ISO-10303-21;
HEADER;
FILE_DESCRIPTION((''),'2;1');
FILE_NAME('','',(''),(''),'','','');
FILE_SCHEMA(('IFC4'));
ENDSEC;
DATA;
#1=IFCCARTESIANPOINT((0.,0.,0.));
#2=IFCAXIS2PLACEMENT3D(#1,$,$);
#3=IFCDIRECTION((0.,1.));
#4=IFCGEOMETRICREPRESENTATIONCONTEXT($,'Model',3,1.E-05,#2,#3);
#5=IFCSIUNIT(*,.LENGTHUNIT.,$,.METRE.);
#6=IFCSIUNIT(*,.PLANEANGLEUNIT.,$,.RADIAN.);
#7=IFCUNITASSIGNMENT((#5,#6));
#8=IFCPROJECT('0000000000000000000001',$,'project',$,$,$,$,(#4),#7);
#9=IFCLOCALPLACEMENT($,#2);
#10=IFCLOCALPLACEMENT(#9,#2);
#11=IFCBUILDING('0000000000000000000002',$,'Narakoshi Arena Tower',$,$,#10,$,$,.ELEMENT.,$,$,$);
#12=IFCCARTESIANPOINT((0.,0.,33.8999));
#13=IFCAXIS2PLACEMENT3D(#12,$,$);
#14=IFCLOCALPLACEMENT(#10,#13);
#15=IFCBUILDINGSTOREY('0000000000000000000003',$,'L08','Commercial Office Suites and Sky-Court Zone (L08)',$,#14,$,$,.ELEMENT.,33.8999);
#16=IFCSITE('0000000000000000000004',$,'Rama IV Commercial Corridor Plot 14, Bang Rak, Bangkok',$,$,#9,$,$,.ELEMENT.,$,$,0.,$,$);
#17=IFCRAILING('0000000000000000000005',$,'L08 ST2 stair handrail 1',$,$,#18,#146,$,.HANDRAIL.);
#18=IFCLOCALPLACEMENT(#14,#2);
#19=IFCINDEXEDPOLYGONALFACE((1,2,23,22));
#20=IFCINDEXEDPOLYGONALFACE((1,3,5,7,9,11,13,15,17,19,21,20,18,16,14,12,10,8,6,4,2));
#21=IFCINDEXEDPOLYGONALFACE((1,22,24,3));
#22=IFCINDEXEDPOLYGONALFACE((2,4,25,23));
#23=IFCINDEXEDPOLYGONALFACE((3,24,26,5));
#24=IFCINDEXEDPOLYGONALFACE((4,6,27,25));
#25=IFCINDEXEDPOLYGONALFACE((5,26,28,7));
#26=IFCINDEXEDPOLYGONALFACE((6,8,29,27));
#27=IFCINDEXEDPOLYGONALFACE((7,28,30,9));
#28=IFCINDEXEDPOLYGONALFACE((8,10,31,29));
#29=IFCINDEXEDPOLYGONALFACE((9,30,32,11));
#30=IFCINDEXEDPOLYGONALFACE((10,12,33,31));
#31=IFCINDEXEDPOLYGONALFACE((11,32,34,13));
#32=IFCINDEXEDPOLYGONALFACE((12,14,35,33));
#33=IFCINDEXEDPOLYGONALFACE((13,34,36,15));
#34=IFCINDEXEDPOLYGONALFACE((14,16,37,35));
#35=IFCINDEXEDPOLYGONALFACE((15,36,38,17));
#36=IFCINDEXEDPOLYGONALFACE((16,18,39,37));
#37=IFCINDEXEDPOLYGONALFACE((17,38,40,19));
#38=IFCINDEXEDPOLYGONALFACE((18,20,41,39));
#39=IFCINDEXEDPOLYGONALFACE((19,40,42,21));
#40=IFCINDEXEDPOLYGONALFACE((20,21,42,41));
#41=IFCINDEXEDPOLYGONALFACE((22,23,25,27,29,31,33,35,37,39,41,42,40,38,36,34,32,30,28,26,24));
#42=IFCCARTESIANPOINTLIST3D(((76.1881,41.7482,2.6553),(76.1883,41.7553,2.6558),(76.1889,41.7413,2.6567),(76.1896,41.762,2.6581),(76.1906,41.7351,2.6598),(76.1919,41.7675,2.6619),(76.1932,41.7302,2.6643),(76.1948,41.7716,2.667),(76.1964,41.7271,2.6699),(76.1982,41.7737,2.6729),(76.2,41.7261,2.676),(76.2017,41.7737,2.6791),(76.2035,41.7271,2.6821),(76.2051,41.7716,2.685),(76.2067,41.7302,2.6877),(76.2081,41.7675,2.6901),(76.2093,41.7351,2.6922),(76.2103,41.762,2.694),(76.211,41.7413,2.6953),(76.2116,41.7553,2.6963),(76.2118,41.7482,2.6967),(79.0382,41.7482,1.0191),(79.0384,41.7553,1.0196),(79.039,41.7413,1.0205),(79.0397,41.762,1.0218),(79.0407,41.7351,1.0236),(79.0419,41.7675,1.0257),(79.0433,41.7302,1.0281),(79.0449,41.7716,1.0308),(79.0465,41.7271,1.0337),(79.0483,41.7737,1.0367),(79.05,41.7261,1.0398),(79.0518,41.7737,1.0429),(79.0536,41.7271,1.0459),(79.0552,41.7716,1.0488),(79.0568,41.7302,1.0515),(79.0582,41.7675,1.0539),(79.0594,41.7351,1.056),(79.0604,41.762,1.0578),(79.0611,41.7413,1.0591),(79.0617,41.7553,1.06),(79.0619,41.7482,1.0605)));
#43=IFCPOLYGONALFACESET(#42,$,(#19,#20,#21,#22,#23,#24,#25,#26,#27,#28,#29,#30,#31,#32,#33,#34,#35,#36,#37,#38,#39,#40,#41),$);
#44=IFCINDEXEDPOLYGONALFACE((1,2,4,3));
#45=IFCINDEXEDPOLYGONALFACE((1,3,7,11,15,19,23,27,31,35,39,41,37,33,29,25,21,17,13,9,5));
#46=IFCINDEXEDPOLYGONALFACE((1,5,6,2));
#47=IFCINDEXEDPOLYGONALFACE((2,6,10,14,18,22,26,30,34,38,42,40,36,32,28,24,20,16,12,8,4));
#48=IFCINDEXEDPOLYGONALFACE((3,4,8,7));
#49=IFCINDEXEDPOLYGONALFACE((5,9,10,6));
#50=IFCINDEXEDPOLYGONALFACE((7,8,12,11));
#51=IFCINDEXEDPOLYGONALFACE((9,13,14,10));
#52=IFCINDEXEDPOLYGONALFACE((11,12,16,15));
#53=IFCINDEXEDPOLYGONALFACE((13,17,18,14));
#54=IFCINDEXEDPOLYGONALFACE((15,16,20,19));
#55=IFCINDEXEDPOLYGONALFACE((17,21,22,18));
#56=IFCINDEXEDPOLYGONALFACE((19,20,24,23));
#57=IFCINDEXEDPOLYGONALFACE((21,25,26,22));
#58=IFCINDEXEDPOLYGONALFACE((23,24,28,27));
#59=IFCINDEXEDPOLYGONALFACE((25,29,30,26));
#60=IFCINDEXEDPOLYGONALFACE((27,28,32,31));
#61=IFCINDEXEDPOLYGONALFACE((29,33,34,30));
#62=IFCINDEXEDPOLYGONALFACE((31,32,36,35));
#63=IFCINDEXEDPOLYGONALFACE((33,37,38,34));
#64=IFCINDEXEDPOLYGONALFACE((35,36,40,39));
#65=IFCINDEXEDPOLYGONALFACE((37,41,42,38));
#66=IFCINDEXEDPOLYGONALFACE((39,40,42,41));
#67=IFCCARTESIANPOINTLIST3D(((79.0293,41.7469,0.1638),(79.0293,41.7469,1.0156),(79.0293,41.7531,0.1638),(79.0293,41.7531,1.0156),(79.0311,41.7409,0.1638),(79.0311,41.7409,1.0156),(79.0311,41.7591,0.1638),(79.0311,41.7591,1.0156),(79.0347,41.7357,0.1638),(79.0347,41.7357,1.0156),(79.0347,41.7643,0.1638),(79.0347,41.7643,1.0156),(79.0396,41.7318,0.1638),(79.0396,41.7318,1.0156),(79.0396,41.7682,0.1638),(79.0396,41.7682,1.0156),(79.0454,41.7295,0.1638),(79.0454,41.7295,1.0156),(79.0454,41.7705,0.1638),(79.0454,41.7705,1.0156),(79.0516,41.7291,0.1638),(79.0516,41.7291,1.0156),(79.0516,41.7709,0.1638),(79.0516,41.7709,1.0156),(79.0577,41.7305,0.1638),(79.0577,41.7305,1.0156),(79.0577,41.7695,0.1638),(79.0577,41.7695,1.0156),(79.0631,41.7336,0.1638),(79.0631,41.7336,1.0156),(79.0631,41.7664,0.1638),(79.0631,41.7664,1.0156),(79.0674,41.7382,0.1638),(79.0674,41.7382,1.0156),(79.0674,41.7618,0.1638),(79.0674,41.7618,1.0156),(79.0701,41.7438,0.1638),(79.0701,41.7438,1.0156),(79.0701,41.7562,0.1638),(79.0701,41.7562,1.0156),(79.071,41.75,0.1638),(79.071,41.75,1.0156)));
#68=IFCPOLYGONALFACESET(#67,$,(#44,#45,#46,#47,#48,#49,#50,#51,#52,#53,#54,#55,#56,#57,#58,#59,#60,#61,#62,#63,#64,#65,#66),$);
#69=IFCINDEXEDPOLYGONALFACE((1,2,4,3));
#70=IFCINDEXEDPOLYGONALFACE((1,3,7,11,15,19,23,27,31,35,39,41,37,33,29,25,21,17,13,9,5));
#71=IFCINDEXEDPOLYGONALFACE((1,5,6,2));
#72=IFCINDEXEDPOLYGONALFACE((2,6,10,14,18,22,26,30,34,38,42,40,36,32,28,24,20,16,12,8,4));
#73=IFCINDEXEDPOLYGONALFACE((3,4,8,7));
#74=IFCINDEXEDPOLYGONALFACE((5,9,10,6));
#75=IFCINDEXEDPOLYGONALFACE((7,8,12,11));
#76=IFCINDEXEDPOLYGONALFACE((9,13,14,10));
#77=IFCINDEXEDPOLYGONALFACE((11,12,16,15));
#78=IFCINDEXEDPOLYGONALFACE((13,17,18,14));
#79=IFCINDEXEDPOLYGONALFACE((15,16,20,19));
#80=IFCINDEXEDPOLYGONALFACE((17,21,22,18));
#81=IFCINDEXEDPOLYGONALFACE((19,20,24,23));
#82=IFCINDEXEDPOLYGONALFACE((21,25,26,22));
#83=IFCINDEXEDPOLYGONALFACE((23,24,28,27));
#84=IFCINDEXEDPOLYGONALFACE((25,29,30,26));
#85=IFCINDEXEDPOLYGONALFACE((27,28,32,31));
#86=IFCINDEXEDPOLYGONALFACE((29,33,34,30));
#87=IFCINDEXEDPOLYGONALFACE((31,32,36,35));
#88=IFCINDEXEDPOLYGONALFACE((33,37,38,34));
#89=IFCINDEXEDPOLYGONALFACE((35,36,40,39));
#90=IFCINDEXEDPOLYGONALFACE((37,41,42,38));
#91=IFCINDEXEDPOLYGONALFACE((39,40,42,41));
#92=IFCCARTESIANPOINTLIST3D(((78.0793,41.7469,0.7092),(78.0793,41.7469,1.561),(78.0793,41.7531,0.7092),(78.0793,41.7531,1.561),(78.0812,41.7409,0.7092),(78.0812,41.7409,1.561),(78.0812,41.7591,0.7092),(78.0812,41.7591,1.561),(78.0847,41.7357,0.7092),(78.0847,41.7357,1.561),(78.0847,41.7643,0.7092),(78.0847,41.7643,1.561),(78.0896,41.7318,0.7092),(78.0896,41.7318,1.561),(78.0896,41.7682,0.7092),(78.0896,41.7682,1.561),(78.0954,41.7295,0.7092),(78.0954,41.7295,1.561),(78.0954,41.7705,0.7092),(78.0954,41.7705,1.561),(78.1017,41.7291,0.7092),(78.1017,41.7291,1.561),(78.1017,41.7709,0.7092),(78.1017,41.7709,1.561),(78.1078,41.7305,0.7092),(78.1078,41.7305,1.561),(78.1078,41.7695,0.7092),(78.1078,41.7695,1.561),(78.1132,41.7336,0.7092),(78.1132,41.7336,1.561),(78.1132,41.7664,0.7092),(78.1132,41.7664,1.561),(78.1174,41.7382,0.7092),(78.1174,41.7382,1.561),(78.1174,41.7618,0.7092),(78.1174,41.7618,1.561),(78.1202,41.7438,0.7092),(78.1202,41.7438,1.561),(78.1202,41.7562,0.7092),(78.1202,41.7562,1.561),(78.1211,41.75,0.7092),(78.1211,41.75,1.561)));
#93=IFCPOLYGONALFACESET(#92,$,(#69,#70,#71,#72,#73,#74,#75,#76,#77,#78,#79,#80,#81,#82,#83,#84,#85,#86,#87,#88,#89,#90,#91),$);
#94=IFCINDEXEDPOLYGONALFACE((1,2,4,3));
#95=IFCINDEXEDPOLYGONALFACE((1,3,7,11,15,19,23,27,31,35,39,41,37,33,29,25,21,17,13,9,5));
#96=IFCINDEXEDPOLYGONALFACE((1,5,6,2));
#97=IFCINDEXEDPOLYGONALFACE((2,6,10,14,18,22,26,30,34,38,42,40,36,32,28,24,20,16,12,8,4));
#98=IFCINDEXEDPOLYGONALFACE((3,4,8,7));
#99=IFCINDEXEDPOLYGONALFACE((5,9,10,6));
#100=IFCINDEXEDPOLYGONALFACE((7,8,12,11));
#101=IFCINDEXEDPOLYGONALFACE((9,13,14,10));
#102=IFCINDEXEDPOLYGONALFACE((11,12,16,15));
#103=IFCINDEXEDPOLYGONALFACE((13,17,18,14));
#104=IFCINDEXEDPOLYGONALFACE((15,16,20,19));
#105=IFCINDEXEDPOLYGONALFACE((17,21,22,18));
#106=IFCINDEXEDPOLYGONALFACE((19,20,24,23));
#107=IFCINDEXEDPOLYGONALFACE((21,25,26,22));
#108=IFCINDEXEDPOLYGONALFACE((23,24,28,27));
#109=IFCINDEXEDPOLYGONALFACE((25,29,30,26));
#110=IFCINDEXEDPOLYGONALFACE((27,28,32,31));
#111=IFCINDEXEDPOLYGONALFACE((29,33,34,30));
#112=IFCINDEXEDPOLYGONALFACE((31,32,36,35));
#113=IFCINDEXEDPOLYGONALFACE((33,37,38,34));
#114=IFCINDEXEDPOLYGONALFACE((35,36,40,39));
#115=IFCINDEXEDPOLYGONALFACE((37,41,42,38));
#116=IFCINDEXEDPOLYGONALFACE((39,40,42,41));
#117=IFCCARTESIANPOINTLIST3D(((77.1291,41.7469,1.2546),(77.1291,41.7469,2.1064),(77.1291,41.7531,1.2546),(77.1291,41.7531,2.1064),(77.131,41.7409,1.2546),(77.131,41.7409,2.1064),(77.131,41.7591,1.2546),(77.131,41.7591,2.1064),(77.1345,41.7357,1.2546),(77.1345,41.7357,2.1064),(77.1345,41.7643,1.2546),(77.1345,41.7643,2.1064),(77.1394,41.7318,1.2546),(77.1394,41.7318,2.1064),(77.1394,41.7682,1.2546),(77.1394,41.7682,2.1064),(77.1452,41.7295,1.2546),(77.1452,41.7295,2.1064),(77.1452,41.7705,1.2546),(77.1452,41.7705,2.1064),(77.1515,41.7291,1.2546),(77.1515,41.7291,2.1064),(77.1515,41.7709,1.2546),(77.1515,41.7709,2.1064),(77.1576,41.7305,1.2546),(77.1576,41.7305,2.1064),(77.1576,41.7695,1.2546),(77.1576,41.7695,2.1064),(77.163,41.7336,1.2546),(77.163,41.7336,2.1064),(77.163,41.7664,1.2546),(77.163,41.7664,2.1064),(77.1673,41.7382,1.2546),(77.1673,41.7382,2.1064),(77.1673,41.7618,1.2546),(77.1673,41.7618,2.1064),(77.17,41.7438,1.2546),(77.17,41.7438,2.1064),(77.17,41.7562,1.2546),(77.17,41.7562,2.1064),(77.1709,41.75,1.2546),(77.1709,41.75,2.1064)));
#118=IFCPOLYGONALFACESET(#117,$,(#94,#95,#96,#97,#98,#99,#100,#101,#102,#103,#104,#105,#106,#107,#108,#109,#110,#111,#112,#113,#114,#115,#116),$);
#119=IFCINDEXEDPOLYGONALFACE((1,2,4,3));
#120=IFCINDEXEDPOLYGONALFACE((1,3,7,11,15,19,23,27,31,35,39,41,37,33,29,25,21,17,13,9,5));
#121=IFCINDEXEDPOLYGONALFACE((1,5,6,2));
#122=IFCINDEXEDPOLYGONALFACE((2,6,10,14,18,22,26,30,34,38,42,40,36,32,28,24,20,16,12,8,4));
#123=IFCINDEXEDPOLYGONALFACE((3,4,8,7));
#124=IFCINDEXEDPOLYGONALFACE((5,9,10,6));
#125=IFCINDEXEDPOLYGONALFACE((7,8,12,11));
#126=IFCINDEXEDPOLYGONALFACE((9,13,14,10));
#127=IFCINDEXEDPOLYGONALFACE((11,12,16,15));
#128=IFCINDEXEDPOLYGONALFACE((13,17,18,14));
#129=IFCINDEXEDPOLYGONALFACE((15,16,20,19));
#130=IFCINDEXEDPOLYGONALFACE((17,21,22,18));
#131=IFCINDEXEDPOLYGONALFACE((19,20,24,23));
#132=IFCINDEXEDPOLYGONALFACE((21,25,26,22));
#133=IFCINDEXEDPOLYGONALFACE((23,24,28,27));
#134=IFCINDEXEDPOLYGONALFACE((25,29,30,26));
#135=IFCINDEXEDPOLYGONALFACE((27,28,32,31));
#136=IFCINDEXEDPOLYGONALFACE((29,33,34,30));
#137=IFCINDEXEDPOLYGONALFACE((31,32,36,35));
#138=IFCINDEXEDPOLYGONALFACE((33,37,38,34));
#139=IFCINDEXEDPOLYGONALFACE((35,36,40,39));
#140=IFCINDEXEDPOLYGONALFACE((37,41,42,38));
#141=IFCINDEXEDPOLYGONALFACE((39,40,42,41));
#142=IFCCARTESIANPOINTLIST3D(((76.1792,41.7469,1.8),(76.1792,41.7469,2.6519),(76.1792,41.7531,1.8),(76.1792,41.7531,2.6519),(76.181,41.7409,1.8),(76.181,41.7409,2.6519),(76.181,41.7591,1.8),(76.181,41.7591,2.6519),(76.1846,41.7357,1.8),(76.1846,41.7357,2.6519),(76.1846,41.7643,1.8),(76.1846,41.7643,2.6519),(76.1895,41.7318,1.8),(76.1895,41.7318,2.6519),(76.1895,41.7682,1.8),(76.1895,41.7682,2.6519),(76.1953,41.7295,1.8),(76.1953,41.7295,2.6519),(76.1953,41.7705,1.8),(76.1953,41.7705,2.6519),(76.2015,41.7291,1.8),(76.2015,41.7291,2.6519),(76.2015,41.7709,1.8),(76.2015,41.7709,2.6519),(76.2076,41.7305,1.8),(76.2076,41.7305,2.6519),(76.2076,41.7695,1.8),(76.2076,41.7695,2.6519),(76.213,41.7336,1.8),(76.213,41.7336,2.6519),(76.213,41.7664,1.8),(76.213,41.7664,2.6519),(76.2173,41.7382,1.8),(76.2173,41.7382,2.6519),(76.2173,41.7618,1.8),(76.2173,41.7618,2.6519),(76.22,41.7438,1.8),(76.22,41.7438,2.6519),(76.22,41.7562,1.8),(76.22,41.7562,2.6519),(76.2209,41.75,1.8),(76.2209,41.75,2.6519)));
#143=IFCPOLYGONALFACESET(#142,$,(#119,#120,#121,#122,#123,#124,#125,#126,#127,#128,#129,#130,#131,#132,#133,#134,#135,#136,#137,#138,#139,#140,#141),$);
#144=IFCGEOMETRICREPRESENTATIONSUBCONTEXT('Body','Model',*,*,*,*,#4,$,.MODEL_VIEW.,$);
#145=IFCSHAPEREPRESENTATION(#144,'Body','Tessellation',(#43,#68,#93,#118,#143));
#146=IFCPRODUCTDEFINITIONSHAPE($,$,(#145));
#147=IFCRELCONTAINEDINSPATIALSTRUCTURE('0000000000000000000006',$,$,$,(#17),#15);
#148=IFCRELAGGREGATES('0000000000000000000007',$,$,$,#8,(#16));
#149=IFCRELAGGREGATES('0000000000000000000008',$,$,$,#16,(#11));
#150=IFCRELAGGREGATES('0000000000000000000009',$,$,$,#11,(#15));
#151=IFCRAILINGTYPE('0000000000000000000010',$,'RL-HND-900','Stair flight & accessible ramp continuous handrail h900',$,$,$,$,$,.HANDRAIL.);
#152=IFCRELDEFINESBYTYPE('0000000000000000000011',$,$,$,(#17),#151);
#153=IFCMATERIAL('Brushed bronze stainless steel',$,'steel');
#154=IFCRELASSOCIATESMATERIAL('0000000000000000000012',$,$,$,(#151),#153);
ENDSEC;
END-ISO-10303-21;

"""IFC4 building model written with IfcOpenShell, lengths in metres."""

from ifc_helpers import new_model, si_unit, direction, frame, origin, origin_2d, place, context, subcontext, project, spatial, circle, extrude, material, type_object, element, save


model = new_model("IFC4")

# Units and contexts
model_context = context("Model", 3, precision=1e-05, world=origin(), true_north=direction((0.0, 1.0)))
body_context = subcontext(model_context, "Body", "Model", "MODEL_VIEW")
ifc_project = project(units=[si_unit("LENGTHUNIT", "METRE"), si_unit("PLANEANGLEUNIT", "RADIAN")], contexts=[model_context])

# Site, building, storey
site_placement = place(None, origin())
site = spatial("IfcSite", under=ifc_project, at=site_placement, Name="Rama IV Commercial Corridor Plot 14, Bang Rak, Bangkok", CompositionType="ELEMENT", RefElevation=0.0)
building_placement = place(site_placement, origin())
building = spatial("IfcBuilding", under=site, at=building_placement, Name="Narakoshi Arena Tower", CompositionType="ELEMENT")
storey_placement = place(building_placement, frame((0.0, 0.0, 33.8999)))
storey = spatial("IfcBuildingStorey", under=building, at=storey_placement, Name="L08", Description="Commercial Office Suites and Sky-Court Zone (L08)", CompositionType="ELEMENT", Elevation=33.8999)

# Shared definitions
ifc_material_1 = material(Name="Brushed bronze stainless steel", Category="steel")

# Railing
railing_type_1 = type_object("IfcRailingType", Name="RL-HND-900", Description="Stair flight & accessible ramp continuous handrail h900", PredefinedType="HANDRAIL", material=ifc_material_1)
railing_1_placement = place(storey_placement, frame((79.05, 41.75, 0.1638)))
element("IfcRailing", 1, at=railing_1_placement, inside=storey, type_object=railing_type_1, Name="L08 ST2 stair handrail 1", PredefinedType="HANDRAIL", context=body_context, shape_type="SweptSolid", body=[
    extrude(circle(Radius=0.0239, at=origin_2d()), frame((0.0, 0.0, 0.876), z_axis=(-0.867245, 0.0, 0.497882), x_axis=(0.0, -1.0, 0.0)), (0.0, 0.0, 1.0), 3.2864),
    extrude(circle(Radius=0.021, at=origin_2d()), origin(), (0.0, 0.0, 1.0), 0.8518),
    extrude(circle(Radius=0.021, at=origin_2d()), frame((-0.95, 0.0, 0.5454)), (0.0, 0.0, 1.0), 0.8518),
    extrude(circle(Radius=0.021, at=origin_2d()), frame((-1.9001, 0.0, 1.0908)), (0.0, 0.0, 1.0), 0.8518),
    extrude(circle(Radius=0.021, at=origin_2d()), frame((-2.8501, 0.0, 1.6362)), (0.0, 0.0, 1.0), 0.8518),
])

save(model, "model.ifc")
